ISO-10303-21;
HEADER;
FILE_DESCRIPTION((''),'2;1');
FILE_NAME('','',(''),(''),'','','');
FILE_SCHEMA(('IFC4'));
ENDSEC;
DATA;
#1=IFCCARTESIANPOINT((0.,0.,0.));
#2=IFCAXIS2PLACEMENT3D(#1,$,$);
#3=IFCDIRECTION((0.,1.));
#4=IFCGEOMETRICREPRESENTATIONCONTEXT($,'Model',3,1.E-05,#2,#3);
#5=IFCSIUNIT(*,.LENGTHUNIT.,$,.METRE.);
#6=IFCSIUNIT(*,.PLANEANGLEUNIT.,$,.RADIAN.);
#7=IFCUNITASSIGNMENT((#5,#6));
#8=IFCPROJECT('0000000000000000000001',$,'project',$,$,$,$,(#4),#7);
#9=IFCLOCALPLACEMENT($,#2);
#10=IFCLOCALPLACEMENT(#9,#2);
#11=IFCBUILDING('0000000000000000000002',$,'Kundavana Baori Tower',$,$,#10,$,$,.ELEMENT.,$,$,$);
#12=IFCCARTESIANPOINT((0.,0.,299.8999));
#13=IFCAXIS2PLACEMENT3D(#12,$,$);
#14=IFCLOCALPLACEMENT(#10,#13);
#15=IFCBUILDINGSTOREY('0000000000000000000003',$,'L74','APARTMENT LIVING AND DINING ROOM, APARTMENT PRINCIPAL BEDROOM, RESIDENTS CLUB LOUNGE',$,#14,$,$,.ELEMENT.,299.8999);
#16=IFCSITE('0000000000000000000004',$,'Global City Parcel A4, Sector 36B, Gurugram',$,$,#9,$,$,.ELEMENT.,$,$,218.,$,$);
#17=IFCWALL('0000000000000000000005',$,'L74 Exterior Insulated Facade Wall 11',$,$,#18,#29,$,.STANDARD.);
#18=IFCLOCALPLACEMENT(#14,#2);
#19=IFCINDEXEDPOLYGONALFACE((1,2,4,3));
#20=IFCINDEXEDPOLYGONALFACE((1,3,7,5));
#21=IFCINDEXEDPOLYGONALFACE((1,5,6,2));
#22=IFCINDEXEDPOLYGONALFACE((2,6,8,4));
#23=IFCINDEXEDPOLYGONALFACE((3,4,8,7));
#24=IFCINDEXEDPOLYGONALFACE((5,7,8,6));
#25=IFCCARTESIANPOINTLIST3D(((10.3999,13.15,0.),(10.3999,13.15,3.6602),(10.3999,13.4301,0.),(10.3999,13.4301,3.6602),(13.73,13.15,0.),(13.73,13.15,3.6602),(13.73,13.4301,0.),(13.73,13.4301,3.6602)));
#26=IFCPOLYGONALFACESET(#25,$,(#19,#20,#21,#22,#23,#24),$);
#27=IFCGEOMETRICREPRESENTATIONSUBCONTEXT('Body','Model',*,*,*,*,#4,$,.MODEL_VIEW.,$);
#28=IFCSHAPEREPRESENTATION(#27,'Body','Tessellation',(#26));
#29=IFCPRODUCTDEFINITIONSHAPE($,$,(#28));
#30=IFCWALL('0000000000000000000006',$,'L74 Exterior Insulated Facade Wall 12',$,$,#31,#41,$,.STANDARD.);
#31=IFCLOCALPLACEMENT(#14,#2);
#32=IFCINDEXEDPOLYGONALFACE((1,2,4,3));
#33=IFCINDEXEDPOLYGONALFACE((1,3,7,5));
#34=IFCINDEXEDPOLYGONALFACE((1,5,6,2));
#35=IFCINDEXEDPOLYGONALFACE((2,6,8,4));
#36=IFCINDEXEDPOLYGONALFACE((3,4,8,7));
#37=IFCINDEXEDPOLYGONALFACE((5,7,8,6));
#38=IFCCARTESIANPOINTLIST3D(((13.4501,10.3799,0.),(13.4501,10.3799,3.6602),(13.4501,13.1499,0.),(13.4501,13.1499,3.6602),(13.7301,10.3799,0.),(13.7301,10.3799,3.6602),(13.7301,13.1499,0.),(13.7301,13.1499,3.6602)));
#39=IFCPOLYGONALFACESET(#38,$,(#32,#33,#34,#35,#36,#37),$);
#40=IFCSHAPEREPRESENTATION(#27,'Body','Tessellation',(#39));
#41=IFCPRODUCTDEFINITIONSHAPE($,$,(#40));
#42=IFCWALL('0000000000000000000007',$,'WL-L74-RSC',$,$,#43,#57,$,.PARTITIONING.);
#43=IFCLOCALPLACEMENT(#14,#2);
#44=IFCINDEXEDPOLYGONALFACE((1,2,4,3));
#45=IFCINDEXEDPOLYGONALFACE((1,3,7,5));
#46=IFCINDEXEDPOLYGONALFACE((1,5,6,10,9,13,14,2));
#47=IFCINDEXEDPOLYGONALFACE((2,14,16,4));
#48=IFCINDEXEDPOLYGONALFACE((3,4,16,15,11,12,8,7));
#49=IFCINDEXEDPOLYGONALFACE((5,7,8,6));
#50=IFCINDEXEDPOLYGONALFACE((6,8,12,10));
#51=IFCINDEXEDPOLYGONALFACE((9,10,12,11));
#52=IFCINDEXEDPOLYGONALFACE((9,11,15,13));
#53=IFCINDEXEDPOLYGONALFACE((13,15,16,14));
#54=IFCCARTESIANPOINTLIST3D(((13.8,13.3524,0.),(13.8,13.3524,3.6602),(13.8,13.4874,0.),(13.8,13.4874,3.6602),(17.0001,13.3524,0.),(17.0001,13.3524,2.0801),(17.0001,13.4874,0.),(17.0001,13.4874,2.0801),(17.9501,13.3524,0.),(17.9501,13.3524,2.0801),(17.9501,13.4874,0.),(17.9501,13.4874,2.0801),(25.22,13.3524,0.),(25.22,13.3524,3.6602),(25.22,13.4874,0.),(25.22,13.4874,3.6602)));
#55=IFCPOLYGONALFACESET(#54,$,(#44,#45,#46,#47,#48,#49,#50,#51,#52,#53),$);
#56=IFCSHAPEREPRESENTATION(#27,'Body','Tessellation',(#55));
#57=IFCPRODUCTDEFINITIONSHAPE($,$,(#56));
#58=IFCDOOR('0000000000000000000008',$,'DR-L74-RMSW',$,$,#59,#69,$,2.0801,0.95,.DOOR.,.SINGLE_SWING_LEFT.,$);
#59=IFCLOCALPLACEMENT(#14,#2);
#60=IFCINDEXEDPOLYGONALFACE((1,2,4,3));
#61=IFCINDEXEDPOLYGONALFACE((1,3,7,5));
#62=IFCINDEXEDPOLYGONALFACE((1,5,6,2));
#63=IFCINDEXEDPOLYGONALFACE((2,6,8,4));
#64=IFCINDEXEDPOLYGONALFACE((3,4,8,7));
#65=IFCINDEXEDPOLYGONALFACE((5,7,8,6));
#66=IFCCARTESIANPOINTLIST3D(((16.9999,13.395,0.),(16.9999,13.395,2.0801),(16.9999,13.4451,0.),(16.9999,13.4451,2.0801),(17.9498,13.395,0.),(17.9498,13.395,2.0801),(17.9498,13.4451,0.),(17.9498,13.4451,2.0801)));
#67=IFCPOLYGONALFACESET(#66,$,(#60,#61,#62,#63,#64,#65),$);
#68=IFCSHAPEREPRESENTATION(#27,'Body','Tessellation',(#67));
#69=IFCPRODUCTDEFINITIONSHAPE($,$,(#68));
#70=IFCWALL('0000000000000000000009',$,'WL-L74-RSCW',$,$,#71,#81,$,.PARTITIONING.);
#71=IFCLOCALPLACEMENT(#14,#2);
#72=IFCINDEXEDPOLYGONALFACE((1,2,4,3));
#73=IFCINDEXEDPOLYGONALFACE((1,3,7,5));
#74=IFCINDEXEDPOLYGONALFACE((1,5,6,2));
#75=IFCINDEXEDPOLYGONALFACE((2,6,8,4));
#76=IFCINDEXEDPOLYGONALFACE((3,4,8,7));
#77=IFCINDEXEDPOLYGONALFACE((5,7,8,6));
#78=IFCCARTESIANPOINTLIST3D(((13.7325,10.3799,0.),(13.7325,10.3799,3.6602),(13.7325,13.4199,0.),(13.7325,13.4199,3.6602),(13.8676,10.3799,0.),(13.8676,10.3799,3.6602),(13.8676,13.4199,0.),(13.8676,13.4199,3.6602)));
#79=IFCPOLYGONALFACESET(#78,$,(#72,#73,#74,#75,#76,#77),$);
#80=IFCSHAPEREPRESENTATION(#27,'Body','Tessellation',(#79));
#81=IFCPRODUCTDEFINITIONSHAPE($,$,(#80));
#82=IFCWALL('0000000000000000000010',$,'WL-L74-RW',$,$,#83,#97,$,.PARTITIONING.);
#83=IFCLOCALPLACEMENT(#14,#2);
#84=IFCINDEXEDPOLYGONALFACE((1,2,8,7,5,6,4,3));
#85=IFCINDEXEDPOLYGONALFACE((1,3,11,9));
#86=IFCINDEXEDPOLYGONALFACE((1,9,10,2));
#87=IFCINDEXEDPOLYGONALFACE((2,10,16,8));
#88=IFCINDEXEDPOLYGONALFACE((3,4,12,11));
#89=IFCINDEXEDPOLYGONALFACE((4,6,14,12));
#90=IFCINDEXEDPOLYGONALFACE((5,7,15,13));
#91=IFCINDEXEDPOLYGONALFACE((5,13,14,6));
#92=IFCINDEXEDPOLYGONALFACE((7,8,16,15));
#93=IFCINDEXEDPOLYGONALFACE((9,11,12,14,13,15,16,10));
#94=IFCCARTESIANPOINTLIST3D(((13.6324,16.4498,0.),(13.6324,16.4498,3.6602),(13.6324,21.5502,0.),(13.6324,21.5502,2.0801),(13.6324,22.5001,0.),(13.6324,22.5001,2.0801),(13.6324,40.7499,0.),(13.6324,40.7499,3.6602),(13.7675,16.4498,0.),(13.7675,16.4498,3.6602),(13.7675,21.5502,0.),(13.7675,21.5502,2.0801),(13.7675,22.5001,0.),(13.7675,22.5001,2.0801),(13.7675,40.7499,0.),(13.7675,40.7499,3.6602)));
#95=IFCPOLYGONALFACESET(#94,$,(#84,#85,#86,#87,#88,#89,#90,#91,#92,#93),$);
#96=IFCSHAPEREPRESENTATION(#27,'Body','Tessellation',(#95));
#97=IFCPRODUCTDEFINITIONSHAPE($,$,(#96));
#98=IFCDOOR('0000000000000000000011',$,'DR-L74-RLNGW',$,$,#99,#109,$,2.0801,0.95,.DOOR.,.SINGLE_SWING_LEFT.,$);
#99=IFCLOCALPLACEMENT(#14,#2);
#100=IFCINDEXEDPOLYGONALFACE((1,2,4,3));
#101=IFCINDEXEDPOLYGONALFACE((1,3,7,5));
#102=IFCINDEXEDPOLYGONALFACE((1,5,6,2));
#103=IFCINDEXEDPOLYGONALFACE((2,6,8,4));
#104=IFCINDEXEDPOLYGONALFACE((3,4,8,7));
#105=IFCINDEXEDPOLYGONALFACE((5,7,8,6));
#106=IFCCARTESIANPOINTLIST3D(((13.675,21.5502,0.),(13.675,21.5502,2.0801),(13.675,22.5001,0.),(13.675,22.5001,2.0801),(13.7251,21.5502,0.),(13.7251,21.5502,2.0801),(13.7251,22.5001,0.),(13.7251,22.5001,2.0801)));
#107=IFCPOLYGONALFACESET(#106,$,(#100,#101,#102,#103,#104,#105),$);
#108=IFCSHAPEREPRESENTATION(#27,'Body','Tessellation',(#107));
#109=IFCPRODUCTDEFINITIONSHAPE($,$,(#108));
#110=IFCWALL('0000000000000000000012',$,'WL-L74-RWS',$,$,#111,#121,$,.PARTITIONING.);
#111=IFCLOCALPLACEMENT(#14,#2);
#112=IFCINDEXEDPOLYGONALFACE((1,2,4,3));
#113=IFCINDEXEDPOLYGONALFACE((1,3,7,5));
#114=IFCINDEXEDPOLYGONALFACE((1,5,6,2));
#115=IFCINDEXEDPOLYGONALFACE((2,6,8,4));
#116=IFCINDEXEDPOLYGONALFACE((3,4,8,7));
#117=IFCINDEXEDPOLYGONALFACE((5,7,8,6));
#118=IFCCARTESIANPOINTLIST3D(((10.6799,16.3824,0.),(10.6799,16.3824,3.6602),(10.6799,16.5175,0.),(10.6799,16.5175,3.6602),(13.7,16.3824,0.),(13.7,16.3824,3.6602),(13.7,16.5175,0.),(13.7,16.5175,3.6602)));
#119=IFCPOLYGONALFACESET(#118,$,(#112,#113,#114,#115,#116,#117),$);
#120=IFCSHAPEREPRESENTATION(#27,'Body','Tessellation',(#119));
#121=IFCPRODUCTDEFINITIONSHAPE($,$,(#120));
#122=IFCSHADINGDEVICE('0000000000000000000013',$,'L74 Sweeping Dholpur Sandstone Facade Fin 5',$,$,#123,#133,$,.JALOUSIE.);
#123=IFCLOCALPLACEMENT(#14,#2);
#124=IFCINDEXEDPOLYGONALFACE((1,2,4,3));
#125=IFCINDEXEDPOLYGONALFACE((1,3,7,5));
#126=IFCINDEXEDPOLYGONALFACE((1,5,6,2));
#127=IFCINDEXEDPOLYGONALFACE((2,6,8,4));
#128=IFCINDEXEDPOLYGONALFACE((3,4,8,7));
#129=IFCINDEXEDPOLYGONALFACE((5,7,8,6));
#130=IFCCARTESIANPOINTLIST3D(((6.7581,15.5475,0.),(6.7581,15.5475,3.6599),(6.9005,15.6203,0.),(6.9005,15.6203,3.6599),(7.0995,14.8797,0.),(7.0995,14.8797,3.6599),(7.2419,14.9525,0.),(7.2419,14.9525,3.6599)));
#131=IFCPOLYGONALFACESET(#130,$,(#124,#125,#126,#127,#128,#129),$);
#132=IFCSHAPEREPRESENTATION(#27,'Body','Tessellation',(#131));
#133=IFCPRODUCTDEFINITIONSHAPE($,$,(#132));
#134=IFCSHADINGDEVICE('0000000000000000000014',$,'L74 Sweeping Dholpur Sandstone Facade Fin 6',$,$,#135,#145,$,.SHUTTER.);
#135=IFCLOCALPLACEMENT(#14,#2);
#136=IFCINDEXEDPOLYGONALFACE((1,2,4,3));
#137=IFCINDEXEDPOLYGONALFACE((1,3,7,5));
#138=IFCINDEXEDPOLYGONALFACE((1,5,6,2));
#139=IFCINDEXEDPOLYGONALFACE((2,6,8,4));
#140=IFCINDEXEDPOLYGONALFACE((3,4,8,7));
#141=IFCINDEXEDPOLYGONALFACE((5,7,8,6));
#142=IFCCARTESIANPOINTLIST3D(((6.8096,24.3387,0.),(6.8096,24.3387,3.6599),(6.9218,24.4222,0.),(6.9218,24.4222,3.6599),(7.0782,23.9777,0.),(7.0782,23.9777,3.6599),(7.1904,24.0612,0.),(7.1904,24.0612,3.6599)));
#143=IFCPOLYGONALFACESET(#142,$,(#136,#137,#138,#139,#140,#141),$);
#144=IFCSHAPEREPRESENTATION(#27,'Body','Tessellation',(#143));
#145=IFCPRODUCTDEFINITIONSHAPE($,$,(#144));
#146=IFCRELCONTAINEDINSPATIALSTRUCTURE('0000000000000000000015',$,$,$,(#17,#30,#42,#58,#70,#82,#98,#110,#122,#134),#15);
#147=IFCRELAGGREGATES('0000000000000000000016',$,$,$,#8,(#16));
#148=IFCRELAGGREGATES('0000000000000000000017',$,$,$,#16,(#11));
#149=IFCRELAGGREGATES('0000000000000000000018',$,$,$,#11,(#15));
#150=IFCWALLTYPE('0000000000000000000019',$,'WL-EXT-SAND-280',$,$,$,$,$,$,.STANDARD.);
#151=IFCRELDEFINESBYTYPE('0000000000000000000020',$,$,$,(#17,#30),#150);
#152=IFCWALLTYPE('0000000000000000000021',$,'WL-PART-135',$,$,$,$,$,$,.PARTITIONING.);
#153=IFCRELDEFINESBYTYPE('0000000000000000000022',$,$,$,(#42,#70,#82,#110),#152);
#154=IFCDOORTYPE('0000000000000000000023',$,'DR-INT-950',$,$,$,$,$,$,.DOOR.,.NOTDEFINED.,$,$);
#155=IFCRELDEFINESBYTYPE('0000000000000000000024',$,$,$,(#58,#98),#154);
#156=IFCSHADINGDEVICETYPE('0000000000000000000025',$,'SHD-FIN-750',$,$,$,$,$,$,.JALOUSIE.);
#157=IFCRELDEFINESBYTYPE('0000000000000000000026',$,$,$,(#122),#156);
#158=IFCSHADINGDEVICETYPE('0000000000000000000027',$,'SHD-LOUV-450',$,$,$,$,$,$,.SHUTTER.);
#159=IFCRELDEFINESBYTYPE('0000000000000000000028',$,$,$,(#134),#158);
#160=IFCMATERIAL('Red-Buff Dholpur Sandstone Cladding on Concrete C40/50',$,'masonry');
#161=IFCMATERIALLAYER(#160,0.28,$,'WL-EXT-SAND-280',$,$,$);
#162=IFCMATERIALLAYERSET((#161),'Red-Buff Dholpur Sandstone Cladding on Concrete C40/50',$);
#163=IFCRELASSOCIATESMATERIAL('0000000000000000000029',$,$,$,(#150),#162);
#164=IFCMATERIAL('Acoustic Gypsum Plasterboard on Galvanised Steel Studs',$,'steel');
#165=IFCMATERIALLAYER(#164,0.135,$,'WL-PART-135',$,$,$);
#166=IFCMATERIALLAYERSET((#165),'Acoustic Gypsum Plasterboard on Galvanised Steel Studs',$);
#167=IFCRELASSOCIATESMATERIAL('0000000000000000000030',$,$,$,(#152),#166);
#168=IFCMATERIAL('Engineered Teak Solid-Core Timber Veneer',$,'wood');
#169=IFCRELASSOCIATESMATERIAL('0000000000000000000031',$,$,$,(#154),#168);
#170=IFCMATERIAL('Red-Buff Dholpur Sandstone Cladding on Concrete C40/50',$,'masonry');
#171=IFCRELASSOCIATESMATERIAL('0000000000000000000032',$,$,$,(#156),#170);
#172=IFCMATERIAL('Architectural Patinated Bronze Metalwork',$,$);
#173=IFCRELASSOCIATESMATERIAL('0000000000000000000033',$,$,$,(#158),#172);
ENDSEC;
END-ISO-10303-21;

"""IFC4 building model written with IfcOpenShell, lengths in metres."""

from ifc_helpers import new_model, si_unit, direction, frame, frame_2d, origin, origin_2d, place, context, subcontext, project, spatial, rectangle, extrude, material, layer, layer_set, type_object, element, fill, save


model = new_model("IFC4")

# Units and contexts
model_context = context("Model", 3, precision=1e-05, world=origin(), true_north=direction((0.0, 1.0)))
body_context = subcontext(model_context, "Body", "Model", "MODEL_VIEW")
ifc_project = project(units=[si_unit("LENGTHUNIT", "METRE"), si_unit("PLANEANGLEUNIT", "RADIAN")], contexts=[model_context])

# Site, building, storey
site_placement = place(None, origin())
site = spatial("IfcSite", under=ifc_project, at=site_placement, Name="Global City Parcel A4, Sector 36B, Gurugram", CompositionType="ELEMENT", RefElevation=218.0)
building_placement = place(site_placement, origin())
building = spatial("IfcBuilding", under=site, at=building_placement, Name="Kundavana Baori Tower", CompositionType="ELEMENT")
storey_placement = place(building_placement, frame((0.0, 0.0, 299.8999)))
storey = spatial("IfcBuildingStorey", under=building, at=storey_placement, Name="L74", Description="APARTMENT LIVING AND DINING ROOM, APARTMENT PRINCIPAL BEDROOM, RESIDENTS CLUB LOUNGE", CompositionType="ELEMENT", Elevation=299.8999)

# Shared definitions
ifc_material_1 = material(Name="Red-Buff Dholpur Sandstone Cladding on Concrete C40/50", Category="masonry")
ifc_layer_1 = layer(ifc_material_1, 0.28, Name="WL-EXT-SAND-280")
ifc_layer_set_1 = layer_set([ifc_layer_1], Name="Red-Buff Dholpur Sandstone Cladding on Concrete C40/50")
wall_type_1 = type_object("IfcWallType", Name="WL-EXT-SAND-280", PredefinedType="STANDARD", material=ifc_layer_set_1)

# Walls
wall_1_placement = place(storey_placement, frame((10.3999, 13.29, 0.0), z_axis=(0.0, 0.0, 1.0), x_axis=(1.0, 0.0, 0.0)))
element("IfcWall", 1, at=wall_1_placement, inside=storey, type_object=wall_type_1, Name="L74 Exterior Insulated Facade Wall 11", PredefinedType="STANDARD", context=body_context, shape_type="SweptSolid", body=[
    extrude(rectangle(XDim=3.3301, YDim=0.28, at=frame_2d((1.665, 0.0))), origin(), (0.0, 0.0, 1.0), 3.6602),
])
wall_2_placement = place(storey_placement, frame((13.5901, 13.1499, 0.0), z_axis=(0.0, 0.0, 1.0), x_axis=(0.0, -1.0, 0.0)))
element("IfcWall", 2, at=wall_2_placement, inside=storey, type_object=wall_type_1, Name="L74 Exterior Insulated Facade Wall 12", PredefinedType="STANDARD", context=body_context, shape_type="SweptSolid", body=[
    extrude(rectangle(XDim=2.77, YDim=0.28, at=frame_2d((1.385, 0.0))), origin(), (0.0, 0.0, 1.0), 3.6602),
])

# Wall, opening, door
ifc_material_2 = material(Name="Acoustic Gypsum Plasterboard on Galvanised Steel Studs", Category="steel")
ifc_layer_2 = layer(ifc_material_2, 0.135, Name="WL-PART-135")
ifc_layer_set_2 = layer_set([ifc_layer_2], Name="Acoustic Gypsum Plasterboard on Galvanised Steel Studs")
wall_type_2 = type_object("IfcWallType", Name="WL-PART-135", PredefinedType="PARTITIONING", material=ifc_layer_set_2)
wall_3_placement = place(storey_placement, frame((13.8, 13.4199, 0.0), z_axis=(0.0, 0.0, 1.0), x_axis=(1.0, 0.0, 0.0)))
wall_3 = element("IfcWall", 3, at=wall_3_placement, inside=storey, type_object=wall_type_2, Name="WL-L74-RSC", PredefinedType="PARTITIONING", context=body_context, shape_type="SweptSolid", body=[
    extrude(rectangle(XDim=11.4199, YDim=0.135, at=frame_2d((5.71, 0.0))), origin(), (0.0, 0.0, 1.0), 3.6602),
])
opening_1_placement = place(wall_3_placement, frame((3.2, 0.0, 0.0)))
opening_1 = element("IfcOpeningElement", 4, at=opening_1_placement, cuts=wall_3, PredefinedType="OPENING", context=body_context, shape_type="SweptSolid", body=[
    extrude(rectangle(XDim=0.95, YDim=2.0801, at=frame_2d((0.4751, 1.04))), frame((0.0, 0.0776, 0.0), z_axis=(0.0, -1.0, 0.0), x_axis=(1.0, 0.0, 0.0)), (0.0, 0.0, 1.0), 0.155),
])
ifc_material_3 = material(Name="Engineered Teak Solid-Core Timber Veneer", Category="wood")
door_type_1 = type_object("IfcDoorType", Name="DR-INT-950", OperationType="NOTDEFINED", PredefinedType="DOOR", material=ifc_material_3)
door_1_placement = place(opening_1_placement, frame((0.95, 0.0, 0.0), z_axis=(0.0, 0.0, 1.0), x_axis=(-1.0, 0.0, 0.0)))
door_1 = element("IfcDoor", 5, at=door_1_placement, inside=storey, type_object=door_type_1, Name="DR-L74-RMSW", OperationType="SINGLE_SWING_LEFT", OverallHeight=2.0801, OverallWidth=0.95, PredefinedType="DOOR", context=body_context, shape_type="SweptSolid", body=[
    extrude(rectangle(XDim=0.95, YDim=2.0801, at=frame_2d((0.4751, 1.04))), frame((0.0, 0.0249, 0.0), z_axis=(0.0, -1.0, 0.0), x_axis=(1.0, 0.0, 0.0)), (0.0, 0.0, 1.0), 0.05),
])
fill(opening_1, door_1)

# Wall
wall_4_placement = place(storey_placement, frame((13.8, 10.3799, 0.0), z_axis=(0.0, 0.0, 1.0), x_axis=(0.0, 1.0, 0.0)))
element("IfcWall", 6, at=wall_4_placement, inside=storey, type_object=wall_type_2, Name="WL-L74-RSCW", PredefinedType="PARTITIONING", context=body_context, shape_type="SweptSolid", body=[
    extrude(rectangle(XDim=3.04, YDim=0.135, at=frame_2d((1.52, 0.0))), origin(), (0.0, 0.0, 1.0), 3.6602),
])

# Wall, opening, door
wall_5_placement = place(storey_placement, frame((13.7, 16.45, 0.0), z_axis=(0.0, 0.0, 1.0), x_axis=(0.0, 1.0, 0.0)))
wall_5 = element("IfcWall", 7, at=wall_5_placement, inside=storey, type_object=wall_type_2, Name="WL-L74-RW", PredefinedType="PARTITIONING", context=body_context, shape_type="SweptSolid", body=[
    extrude(rectangle(XDim=24.3, YDim=0.135, at=frame_2d((12.1499, 0.0))), origin(), (0.0, 0.0, 1.0), 3.6602),
])
opening_2_placement = place(wall_5_placement, frame((5.1001, 0.0, 0.0)))
opening_2 = element("IfcOpeningElement", 8, at=opening_2_placement, cuts=wall_5, PredefinedType="OPENING", context=body_context, shape_type="SweptSolid", body=[
    extrude(rectangle(XDim=0.95, YDim=2.0801, at=frame_2d((0.4751, 1.04))), frame((0.0, 0.0776, 0.0), z_axis=(0.0, -1.0, 0.0), x_axis=(1.0, 0.0, 0.0)), (0.0, 0.0, 1.0), 0.155),
])
door_2_placement = place(opening_2_placement, origin())
door_2 = element("IfcDoor", 9, at=door_2_placement, inside=storey, type_object=door_type_1, Name="DR-L74-RLNGW", OperationType="SINGLE_SWING_LEFT", OverallHeight=2.0801, OverallWidth=0.95, PredefinedType="DOOR", context=body_context, shape_type="SweptSolid", body=[
    extrude(rectangle(XDim=0.95, YDim=2.0801, at=frame_2d((0.4751, 1.04))), frame((0.0, 0.0249, 0.0), z_axis=(0.0, -1.0, 0.0), x_axis=(1.0, 0.0, 0.0)), (0.0, 0.0, 1.0), 0.05),
])
fill(opening_2, door_2)

# Wall
wall_6_placement = place(storey_placement, frame((10.6799, 16.45, 0.0), z_axis=(0.0, 0.0, 1.0), x_axis=(1.0, 0.0, 0.0)))
element("IfcWall", 10, at=wall_6_placement, inside=storey, type_object=wall_type_2, Name="WL-L74-RWS", PredefinedType="PARTITIONING", context=body_context, shape_type="SweptSolid", body=[
    extrude(rectangle(XDim=3.02, YDim=0.135, at=frame_2d((1.51, 0.0))), origin(), (0.0, 0.0, 1.0), 3.6602),
])

# Shading devices
ifc_material_4 = material(Name="Red-Buff Dholpur Sandstone Cladding on Concrete C40/50", Category="masonry")
shading_device_type_1 = type_object("IfcShadingDeviceType", Name="SHD-FIN-750", PredefinedType="JALOUSIE", material=ifc_material_4)
shading_device_1_placement = place(storey_placement, frame((7.0, 15.25, 0.0), z_axis=(0.0, 0.0, 1.0), x_axis=(0.890451, 0.455079, 0.0)))
element("IfcShadingDevice", 11, at=shading_device_1_placement, inside=storey, type_object=shading_device_type_1, Name="L74 Sweeping Dholpur Sandstone Facade Fin 5", PredefinedType="JALOUSIE", context=body_context, shape_type="SweptSolid", body=[
    extrude(rectangle(XDim=0.1599, YDim=0.75, at=origin_2d()), origin(), (0.0, 0.0, 1.0), 3.6599),
])
ifc_material_5 = material(Name="Architectural Patinated Bronze Metalwork")
shading_device_type_2 = type_object("IfcShadingDeviceType", Name="SHD-LOUV-450", PredefinedType="SHUTTER", material=ifc_material_5)
shading_device_2_placement = place(storey_placement, frame((7.0, 24.2, 0.0), z_axis=(0.0, 0.0, 1.0), x_axis=(0.802297, 0.596925, 0.0)))
element("IfcShadingDevice", 12, at=shading_device_2_placement, inside=storey, type_object=shading_device_type_2, Name="L74 Sweeping Dholpur Sandstone Facade Fin 6", PredefinedType="SHUTTER", context=body_context, shape_type="SweptSolid", body=[
    extrude(rectangle(XDim=0.1399, YDim=0.45, at=origin_2d()), origin(), (0.0, 0.0, 1.0), 3.6599),
])

save(model, "model.ifc")
